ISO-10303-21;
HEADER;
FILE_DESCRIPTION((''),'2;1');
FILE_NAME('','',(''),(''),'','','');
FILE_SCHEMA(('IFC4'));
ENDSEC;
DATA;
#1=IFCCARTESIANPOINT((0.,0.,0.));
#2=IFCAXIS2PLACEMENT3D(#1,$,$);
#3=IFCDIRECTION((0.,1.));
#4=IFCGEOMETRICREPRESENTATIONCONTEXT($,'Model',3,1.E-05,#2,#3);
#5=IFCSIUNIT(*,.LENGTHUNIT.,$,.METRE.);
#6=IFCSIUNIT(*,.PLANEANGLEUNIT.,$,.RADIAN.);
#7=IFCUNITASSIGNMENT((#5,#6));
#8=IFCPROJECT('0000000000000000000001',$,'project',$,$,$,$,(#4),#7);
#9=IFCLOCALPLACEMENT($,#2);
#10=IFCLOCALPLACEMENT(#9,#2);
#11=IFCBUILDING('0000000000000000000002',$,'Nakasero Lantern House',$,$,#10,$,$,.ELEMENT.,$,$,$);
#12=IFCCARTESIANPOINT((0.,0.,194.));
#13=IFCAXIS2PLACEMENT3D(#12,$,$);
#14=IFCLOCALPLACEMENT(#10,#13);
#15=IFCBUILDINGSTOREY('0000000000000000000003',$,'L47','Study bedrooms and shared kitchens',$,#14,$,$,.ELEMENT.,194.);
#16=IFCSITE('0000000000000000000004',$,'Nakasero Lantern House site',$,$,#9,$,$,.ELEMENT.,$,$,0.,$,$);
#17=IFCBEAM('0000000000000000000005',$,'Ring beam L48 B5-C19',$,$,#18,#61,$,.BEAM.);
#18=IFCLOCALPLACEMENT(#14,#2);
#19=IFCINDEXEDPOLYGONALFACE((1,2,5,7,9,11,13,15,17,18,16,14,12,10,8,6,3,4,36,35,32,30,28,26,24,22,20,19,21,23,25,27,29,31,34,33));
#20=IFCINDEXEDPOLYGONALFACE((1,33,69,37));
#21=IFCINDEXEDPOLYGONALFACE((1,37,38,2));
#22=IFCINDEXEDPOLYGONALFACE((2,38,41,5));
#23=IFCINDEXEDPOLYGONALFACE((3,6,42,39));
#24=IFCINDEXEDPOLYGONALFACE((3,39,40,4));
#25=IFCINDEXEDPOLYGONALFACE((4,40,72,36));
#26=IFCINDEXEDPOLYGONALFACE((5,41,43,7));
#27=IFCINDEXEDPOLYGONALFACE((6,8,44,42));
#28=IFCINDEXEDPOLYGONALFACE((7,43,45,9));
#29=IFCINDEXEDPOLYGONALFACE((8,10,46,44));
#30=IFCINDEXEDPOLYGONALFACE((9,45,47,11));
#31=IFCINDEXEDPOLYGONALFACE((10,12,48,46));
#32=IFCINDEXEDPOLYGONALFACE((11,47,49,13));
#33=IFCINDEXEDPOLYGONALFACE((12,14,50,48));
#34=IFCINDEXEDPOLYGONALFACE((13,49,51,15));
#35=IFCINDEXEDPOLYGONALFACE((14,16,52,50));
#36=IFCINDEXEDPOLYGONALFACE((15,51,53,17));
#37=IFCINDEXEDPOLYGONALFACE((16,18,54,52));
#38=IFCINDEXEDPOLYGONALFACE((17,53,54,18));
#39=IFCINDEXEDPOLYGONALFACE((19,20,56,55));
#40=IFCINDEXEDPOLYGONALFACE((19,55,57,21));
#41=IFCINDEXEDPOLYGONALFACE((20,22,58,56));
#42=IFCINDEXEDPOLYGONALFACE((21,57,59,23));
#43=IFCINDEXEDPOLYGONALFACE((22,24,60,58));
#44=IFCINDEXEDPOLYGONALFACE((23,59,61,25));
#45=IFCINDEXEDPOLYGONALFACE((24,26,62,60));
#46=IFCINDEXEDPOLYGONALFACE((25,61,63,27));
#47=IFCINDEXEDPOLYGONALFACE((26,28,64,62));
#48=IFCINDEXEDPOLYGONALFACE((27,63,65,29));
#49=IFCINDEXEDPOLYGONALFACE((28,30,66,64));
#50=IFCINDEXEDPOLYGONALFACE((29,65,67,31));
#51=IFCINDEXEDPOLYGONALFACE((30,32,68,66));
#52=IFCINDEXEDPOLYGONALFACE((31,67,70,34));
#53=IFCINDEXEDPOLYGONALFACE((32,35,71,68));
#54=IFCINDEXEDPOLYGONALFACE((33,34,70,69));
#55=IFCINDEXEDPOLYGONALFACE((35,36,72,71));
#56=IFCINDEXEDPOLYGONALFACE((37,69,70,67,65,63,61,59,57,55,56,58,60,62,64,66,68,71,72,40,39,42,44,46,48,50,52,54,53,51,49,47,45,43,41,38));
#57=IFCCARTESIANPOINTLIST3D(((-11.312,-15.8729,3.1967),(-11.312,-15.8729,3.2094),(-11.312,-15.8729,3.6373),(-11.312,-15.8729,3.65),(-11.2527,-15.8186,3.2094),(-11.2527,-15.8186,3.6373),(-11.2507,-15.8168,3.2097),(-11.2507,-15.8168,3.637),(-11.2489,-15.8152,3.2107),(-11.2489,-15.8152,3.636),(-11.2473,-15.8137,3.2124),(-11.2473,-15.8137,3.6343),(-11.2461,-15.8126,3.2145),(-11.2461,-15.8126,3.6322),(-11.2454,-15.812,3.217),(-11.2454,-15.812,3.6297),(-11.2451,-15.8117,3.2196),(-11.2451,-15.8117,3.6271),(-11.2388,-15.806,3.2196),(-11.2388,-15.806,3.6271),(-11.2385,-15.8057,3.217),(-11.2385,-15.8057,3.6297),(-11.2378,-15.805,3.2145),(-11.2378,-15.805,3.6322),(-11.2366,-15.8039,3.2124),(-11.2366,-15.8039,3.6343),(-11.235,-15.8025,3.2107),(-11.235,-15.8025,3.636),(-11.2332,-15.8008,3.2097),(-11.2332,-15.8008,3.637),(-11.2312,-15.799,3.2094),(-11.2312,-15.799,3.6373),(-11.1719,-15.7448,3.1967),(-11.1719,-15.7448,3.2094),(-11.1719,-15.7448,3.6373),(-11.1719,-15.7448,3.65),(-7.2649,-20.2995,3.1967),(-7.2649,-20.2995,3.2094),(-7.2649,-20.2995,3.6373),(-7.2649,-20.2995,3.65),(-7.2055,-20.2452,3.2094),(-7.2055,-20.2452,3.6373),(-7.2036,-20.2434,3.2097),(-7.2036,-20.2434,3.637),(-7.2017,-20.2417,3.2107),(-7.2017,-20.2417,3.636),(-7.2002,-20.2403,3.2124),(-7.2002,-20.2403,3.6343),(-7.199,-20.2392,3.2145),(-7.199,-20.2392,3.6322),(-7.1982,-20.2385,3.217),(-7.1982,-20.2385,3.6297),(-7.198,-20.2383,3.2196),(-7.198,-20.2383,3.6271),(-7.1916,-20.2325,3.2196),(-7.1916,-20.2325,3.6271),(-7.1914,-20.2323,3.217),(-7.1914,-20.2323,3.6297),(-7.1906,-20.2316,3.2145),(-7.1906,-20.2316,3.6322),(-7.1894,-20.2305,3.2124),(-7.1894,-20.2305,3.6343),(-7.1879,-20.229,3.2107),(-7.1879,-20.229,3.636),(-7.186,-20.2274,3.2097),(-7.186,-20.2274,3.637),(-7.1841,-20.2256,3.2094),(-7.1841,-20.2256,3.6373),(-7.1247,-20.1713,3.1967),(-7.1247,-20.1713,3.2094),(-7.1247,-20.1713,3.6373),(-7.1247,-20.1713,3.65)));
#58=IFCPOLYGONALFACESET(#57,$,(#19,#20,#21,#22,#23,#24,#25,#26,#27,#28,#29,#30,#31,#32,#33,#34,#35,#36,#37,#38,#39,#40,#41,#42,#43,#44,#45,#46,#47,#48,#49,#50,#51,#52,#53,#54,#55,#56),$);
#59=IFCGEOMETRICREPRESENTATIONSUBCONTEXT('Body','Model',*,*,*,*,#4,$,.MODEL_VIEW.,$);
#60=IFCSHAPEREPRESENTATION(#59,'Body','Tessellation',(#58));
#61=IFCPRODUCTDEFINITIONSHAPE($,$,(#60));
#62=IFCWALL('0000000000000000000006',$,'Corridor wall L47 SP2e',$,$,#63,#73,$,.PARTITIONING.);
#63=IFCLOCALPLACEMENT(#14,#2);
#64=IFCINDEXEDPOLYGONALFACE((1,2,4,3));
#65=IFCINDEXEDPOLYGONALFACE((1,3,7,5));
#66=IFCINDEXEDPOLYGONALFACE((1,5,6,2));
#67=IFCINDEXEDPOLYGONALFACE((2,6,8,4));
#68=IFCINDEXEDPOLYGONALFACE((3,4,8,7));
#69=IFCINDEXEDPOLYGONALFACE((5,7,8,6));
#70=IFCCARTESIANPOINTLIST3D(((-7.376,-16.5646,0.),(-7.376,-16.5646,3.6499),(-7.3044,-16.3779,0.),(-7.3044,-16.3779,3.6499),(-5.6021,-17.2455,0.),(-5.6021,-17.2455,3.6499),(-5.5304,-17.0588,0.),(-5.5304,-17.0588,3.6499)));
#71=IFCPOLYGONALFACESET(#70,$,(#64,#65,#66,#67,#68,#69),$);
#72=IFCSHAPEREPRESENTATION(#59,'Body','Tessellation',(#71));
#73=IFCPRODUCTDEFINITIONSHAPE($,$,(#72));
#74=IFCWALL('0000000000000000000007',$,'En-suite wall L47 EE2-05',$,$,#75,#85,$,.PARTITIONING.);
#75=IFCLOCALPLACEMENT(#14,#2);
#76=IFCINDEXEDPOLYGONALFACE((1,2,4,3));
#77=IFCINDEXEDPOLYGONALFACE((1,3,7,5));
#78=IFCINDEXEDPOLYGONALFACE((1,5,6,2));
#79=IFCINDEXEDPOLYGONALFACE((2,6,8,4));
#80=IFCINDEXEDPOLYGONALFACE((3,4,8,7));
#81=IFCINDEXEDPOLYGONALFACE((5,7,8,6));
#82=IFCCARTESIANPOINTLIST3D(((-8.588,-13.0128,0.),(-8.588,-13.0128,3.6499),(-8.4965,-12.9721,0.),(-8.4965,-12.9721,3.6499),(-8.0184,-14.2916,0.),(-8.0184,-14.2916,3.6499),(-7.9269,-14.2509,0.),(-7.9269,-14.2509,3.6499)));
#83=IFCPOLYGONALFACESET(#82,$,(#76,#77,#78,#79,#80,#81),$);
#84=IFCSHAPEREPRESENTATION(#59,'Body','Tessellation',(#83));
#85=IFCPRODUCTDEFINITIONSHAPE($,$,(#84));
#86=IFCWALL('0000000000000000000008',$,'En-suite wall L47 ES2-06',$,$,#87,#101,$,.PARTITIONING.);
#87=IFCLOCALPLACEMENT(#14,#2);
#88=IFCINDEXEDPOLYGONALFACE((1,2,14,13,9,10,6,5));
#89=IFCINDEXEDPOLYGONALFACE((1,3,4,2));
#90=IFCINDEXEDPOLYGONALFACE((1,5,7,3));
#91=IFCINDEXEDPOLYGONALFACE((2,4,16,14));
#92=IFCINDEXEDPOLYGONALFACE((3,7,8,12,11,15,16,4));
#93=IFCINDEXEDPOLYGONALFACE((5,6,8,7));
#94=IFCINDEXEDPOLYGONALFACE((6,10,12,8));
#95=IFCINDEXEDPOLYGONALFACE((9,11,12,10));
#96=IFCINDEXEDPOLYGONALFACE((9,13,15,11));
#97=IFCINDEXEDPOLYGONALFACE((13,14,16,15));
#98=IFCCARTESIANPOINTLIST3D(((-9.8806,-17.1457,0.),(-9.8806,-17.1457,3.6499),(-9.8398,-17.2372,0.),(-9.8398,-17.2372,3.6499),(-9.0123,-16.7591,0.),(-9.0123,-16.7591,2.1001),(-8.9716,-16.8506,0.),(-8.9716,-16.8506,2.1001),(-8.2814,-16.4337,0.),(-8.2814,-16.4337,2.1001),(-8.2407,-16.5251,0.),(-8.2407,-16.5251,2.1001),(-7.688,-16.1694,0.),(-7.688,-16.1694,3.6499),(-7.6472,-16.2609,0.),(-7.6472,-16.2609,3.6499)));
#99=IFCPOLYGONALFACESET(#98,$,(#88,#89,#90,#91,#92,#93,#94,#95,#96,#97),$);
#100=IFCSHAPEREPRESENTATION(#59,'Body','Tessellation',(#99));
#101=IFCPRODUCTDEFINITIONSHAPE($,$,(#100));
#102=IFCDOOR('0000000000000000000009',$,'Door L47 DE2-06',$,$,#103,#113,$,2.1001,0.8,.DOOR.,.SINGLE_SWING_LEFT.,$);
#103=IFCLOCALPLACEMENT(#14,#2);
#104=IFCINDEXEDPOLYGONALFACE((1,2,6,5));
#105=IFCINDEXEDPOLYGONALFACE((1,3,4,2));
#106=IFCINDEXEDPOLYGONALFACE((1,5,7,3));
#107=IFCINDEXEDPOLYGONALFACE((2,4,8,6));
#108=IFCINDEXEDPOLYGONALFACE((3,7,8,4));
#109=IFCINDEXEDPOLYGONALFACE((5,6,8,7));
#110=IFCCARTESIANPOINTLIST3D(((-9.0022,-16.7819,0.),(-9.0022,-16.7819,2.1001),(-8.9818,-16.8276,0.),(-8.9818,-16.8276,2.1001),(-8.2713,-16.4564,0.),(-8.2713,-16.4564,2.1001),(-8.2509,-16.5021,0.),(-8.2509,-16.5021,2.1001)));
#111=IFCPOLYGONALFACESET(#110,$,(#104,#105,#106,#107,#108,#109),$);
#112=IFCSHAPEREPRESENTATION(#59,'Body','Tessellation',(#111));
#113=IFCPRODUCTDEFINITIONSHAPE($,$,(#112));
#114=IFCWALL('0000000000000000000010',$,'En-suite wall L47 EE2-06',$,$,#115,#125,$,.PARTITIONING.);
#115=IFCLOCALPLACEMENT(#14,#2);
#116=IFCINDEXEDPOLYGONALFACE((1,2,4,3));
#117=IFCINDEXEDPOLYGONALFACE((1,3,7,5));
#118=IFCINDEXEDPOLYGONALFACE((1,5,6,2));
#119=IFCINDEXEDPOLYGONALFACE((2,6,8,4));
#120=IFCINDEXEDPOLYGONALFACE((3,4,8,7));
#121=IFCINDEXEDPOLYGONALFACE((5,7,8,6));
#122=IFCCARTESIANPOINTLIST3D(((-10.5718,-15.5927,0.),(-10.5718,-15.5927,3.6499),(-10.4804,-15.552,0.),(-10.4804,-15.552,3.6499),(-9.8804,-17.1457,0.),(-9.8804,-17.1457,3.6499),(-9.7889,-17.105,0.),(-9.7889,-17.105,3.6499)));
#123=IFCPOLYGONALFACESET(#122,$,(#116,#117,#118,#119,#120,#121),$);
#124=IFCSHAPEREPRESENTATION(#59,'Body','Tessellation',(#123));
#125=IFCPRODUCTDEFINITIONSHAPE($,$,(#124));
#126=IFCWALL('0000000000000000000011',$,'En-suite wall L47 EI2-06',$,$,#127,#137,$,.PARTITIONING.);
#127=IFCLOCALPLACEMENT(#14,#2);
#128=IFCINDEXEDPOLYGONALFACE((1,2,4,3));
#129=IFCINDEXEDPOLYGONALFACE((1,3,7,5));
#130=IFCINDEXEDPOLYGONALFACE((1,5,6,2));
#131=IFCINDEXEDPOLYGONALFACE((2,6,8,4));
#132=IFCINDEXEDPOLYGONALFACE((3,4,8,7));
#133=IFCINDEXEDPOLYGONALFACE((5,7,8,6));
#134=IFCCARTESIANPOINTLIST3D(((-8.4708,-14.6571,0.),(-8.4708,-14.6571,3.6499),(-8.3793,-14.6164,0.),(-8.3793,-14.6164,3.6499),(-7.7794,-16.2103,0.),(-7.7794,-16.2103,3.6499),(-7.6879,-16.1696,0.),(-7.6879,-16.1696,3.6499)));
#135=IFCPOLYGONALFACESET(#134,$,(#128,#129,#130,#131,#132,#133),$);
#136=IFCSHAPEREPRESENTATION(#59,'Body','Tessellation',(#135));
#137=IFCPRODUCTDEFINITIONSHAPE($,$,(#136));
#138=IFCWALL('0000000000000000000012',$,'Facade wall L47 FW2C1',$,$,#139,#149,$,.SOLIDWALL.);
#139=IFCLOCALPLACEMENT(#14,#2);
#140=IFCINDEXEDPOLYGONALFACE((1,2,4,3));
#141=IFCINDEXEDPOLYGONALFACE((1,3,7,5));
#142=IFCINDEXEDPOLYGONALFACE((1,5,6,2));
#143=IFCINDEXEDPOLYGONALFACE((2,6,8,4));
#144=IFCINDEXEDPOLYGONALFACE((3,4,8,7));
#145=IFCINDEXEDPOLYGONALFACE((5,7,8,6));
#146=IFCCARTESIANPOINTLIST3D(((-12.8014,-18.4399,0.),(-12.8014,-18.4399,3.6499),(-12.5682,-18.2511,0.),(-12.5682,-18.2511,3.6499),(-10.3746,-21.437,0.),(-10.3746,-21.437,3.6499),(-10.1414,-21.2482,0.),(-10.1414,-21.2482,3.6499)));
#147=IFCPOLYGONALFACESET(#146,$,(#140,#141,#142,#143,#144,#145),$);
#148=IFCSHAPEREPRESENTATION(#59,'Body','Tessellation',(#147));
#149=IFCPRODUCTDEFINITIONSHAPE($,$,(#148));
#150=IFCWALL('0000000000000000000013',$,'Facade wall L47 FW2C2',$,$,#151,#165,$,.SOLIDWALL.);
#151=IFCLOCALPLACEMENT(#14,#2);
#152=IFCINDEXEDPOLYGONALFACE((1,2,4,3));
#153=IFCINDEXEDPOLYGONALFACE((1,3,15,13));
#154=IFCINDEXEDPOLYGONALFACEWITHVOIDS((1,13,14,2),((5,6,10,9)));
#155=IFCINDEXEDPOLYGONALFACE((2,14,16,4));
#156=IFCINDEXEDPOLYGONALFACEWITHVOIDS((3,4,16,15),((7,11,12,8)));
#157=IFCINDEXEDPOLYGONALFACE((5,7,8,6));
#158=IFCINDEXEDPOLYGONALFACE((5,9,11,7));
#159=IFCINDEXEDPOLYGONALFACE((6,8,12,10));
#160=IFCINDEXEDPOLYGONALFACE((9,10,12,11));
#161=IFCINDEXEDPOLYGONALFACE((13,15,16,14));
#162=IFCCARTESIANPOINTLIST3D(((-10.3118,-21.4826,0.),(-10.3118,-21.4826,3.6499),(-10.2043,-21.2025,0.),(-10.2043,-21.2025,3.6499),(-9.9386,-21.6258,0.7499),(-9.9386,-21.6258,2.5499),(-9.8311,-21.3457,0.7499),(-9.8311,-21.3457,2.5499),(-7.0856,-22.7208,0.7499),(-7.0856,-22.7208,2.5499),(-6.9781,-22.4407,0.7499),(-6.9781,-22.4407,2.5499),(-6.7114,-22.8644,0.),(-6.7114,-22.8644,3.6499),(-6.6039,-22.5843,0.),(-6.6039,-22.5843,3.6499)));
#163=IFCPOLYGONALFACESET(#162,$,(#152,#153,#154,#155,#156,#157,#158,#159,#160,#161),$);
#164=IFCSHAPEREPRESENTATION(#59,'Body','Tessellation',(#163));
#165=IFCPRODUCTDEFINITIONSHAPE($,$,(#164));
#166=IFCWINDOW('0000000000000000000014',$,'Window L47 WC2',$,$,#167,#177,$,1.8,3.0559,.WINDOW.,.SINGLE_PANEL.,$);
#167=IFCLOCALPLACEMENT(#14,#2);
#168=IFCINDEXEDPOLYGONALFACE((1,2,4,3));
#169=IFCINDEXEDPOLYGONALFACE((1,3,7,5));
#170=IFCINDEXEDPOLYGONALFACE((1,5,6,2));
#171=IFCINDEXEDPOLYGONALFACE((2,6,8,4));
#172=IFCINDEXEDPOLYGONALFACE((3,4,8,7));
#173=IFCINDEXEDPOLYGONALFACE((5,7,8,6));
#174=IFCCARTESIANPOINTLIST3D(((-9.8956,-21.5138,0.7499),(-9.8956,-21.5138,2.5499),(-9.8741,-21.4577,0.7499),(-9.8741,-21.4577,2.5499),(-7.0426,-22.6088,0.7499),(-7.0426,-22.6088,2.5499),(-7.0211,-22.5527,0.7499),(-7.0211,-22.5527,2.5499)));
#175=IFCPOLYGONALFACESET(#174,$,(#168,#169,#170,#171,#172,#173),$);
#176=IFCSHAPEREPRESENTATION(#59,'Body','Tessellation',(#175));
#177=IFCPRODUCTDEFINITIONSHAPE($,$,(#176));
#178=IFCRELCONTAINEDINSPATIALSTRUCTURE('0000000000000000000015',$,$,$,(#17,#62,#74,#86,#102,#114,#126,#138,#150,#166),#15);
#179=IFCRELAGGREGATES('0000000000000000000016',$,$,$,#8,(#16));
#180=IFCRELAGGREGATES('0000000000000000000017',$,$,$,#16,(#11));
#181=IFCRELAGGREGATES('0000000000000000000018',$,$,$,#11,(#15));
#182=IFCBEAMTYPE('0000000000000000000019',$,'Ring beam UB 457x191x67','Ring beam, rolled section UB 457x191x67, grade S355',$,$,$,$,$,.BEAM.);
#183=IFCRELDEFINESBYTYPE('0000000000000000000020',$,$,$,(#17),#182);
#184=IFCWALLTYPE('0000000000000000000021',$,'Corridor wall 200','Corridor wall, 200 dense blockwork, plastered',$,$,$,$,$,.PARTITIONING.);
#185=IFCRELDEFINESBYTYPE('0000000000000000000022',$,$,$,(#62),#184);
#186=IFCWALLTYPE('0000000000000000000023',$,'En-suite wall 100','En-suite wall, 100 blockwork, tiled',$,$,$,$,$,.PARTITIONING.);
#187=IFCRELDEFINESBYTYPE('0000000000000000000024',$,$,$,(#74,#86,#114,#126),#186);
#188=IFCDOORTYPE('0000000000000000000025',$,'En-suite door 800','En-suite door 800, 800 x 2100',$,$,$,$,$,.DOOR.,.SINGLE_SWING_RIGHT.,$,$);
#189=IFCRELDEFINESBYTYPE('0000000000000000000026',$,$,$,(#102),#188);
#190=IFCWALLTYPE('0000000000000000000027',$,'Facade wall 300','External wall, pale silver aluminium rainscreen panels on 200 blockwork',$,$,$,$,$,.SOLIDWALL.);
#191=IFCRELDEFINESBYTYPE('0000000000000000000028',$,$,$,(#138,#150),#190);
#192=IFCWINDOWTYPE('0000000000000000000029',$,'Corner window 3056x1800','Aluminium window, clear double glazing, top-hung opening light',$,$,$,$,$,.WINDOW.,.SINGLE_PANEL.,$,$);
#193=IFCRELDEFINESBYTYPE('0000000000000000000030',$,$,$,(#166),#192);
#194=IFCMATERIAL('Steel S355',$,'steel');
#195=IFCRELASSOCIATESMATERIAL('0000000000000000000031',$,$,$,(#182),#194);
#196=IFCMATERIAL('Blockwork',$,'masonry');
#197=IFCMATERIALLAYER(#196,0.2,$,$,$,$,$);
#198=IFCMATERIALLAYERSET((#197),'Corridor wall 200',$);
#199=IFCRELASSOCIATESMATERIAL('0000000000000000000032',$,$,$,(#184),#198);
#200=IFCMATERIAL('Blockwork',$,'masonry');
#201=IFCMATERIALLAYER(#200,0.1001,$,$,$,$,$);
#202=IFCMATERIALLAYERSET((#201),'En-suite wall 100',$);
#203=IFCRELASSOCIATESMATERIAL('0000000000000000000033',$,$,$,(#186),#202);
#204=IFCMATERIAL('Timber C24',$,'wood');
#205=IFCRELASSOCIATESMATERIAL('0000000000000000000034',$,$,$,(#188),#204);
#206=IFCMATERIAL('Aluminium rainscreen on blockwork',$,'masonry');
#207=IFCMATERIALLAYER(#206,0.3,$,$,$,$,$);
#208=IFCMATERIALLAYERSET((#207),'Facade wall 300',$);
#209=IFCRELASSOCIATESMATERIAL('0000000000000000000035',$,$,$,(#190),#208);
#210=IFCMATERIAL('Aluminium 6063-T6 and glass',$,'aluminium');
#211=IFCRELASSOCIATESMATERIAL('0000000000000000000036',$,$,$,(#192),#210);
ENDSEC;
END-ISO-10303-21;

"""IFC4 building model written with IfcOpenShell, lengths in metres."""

from ifc_helpers import new_model, si_unit, direction, frame, frame_2d, origin, origin_2d, place, context, subcontext, project, spatial, rectangle, i_section, extrude, material, layer, layer_set, material_profile, profile_set, type_object, element, fill, save


model = new_model("IFC4")

# Units and contexts
model_context = context("Model", 3, precision=1e-05, world=origin(), true_north=direction((0.0, 1.0)))
body_context = subcontext(model_context, "Body", "Model", "MODEL_VIEW")
ifc_project = project(units=[si_unit("LENGTHUNIT", "METRE"), si_unit("PLANEANGLEUNIT", "RADIAN")], contexts=[model_context])

# Site, building, storey
site_placement = place(None, origin())
site = spatial("IfcSite", under=ifc_project, at=site_placement, Name="Nakasero Lantern House site", CompositionType="ELEMENT", RefElevation=0.0)
building_placement = place(site_placement, origin())
building = spatial("IfcBuilding", under=site, at=building_placement, Name="Nakasero Lantern House", CompositionType="ELEMENT")
storey_placement = place(building_placement, frame((0.0, 0.0, 194.0)))
storey = spatial("IfcBuildingStorey", under=building, at=storey_placement, Name="L47", Description="Study bedrooms and shared kitchens", CompositionType="ELEMENT", Elevation=194.0)

# Beam
ifc_material_1 = material(Name="Steel S355", Category="steel")
ifc_material_profile_1 = material_profile(ifc_material_1, i_section(OverallWidth=0.1899, OverallDepth=0.4534, WebThickness=0.0085, FlangeThickness=0.0127, FilletRadius=0.0103, at=origin_2d()), Name="UB 457x191x67")
ifc_profile_set_1 = profile_set([ifc_material_profile_1], Name="Steel S355")
beam_type_1 = type_object("IfcBeamType", Name="Ring beam UB 457x191x67", Description="Ring beam, rolled section UB 457x191x67, grade S355", PredefinedType="BEAM", material=ifc_profile_set_1)
beam_1_placement = place(storey_placement, frame((-11.2419, -15.8088, 3.4233), z_axis=(0.674771, -0.738027, 0.0), x_axis=(0.738027, 0.674771, 0.0)))
element("IfcBeam", 1, at=beam_1_placement, inside=storey, type_object=beam_type_1, Name="Ring beam L48 B5-C19", PredefinedType="BEAM", context=body_context, shape_type="SweptSolid", body=[
    extrude(i_section(OverallWidth=0.1899, OverallDepth=0.4534, WebThickness=0.0085, FlangeThickness=0.0127, FilletRadius=0.0103, at=origin_2d()), origin(), (0.0, 0.0, 1.0), 5.9978),
])

# Walls
ifc_material_2 = material(Name="Blockwork", Category="masonry")
ifc_layer_1 = layer(ifc_material_2, 0.2)
ifc_layer_set_1 = layer_set([ifc_layer_1], Name="Corridor wall 200")
wall_type_1 = type_object("IfcWallType", Name="Corridor wall 200", Description="Corridor wall, 200 dense blockwork, plastered", PredefinedType="PARTITIONING", material=ifc_layer_set_1)
wall_1_placement = place(storey_placement, frame((-7.3403, -16.4712, 0.0), z_axis=(0.0, 0.0, 1.0), x_axis=(0.933587, -0.35835, 0.0)))
element("IfcWall", 2, at=wall_1_placement, inside=storey, type_object=wall_type_1, Name="Corridor wall L47 SP2e", PredefinedType="PARTITIONING", context=body_context, shape_type="SweptSolid", body=[
    extrude(rectangle(XDim=1.9001, YDim=0.2, at=frame_2d((0.9502, 0.0))), origin(), (0.0, 0.0, 1.0), 3.6499),
])
ifc_material_3 = material(Name="Blockwork", Category="masonry")
ifc_layer_2 = layer(ifc_material_3, 0.1001)
ifc_layer_set_2 = layer_set([ifc_layer_2], Name="En-suite wall 100")
wall_type_2 = type_object("IfcWallType", Name="En-suite wall 100", Description="En-suite wall, 100 blockwork, tiled", PredefinedType="PARTITIONING", material=ifc_layer_set_2)
wall_2_placement = place(storey_placement, frame((-8.5422, -12.9924, 0.0), z_axis=(0.0, 0.0, 1.0), x_axis=(0.406866, -0.913488, 0.0)))
element("IfcWall", 3, at=wall_2_placement, inside=storey, type_object=wall_type_2, Name="En-suite wall L47 EE2-05", PredefinedType="PARTITIONING", context=body_context, shape_type="SweptSolid", body=[
    extrude(rectangle(XDim=1.3999, YDim=0.1001, at=frame_2d((0.7, 0.0))), origin(), (0.0, 0.0, 1.0), 3.6499),
])

# Wall, opening, door
wall_3_placement = place(storey_placement, frame((-7.6675, -16.2151, 0.0), z_axis=(0.0, 0.0, 1.0), x_axis=(-0.91353, -0.406771, 0.0)))
wall_3 = element("IfcWall", 4, at=wall_3_placement, inside=storey, type_object=wall_type_2, Name="En-suite wall L47 ES2-06", PredefinedType="PARTITIONING", context=body_context, shape_type="SweptSolid", body=[
    extrude(rectangle(XDim=2.4001, YDim=0.1001, at=frame_2d((1.2002, 0.0))), origin(), (0.0, 0.0, 1.0), 3.6499),
])
opening_1_placement = place(wall_3_placement, frame((0.6499, 0.0, 0.0)))
opening_1 = element("IfcOpeningElement", 5, at=opening_1_placement, cuts=wall_3, PredefinedType="OPENING", context=body_context, shape_type="SweptSolid", body=[
    extrude(rectangle(XDim=0.8, YDim=2.1001, at=frame_2d((0.3999, 1.05))), frame((0.0, 0.0701, 0.0), z_axis=(0.0, -1.0, 0.0), x_axis=(1.0, 0.0, 0.0)), (0.0, 0.0, 1.0), 0.1401),
])
ifc_material_4 = material(Name="Timber C24", Category="wood")
door_type = type_object("IfcDoorType", Name="En-suite door 800", Description="En-suite door 800, 800 x 2100", OperationType="SINGLE_SWING_RIGHT", PredefinedType="DOOR", material=ifc_material_4)
door_placement = place(opening_1_placement, origin())
door = element("IfcDoor", 6, at=door_placement, inside=storey, type_object=door_type, Name="Door L47 DE2-06", OperationType="SINGLE_SWING_LEFT", OverallHeight=2.1001, OverallWidth=0.8, PredefinedType="DOOR", context=body_context, shape_type="SweptSolid", body=[
    extrude(rectangle(XDim=0.8, YDim=2.1001, at=frame_2d((0.3999, 1.05))), frame((0.0, 0.0249, 0.0), z_axis=(0.0, -1.0, 0.0), x_axis=(1.0, 0.0, 0.0)), (0.0, 0.0, 1.0), 0.05),
])
fill(opening_1, door)

# Walls
wall_4_placement = place(storey_placement, frame((-10.5261, -15.5723, 0.0), z_axis=(0.0, 0.0, 1.0), x_axis=(0.406725, -0.913551, 0.0)))
element("IfcWall", 7, at=wall_4_placement, inside=storey, type_object=wall_type_2, Name="En-suite wall L47 EE2-06", PredefinedType="PARTITIONING", context=body_context, shape_type="SweptSolid", body=[
    extrude(rectangle(XDim=1.7, YDim=0.1001, at=frame_2d((0.8501, 0.0))), origin(), (0.0, 0.0, 1.0), 3.6499),
])
wall_5_placement = place(storey_placement, frame((-8.425, -14.6367, 0.0), z_axis=(0.0, 0.0, 1.0), x_axis=(0.406671, -0.913575, 0.0)))
element("IfcWall", 8, at=wall_5_placement, inside=storey, type_object=wall_type_2, Name="En-suite wall L47 EI2-06", PredefinedType="PARTITIONING", context=body_context, shape_type="SweptSolid", body=[
    extrude(rectangle(XDim=1.7002, YDim=0.1001, at=frame_2d((0.8501, 0.0))), origin(), (0.0, 0.0, 1.0), 3.6499),
])
ifc_material_5 = material(Name="Aluminium rainscreen on blockwork", Category="masonry")
ifc_layer_3 = layer(ifc_material_5, 0.3)
ifc_layer_set_3 = layer_set([ifc_layer_3], Name="Facade wall 300")
wall_type_3 = type_object("IfcWallType", Name="Facade wall 300", Description="External wall, pale silver aluminium rainscreen panels on 200 blockwork", PredefinedType="SOLIDWALL", material=ifc_layer_set_3)
wall_6_placement = place(storey_placement, frame((-12.6848, -18.3455, 0.0), z_axis=(0.0, 0.0, 1.0), x_axis=(0.629286, -0.777174, 0.0)))
element("IfcWall", 9, at=wall_6_placement, inside=storey, type_object=wall_type_3, Name="Facade wall L47 FW2C1", PredefinedType="SOLIDWALL", context=body_context, shape_type="SweptSolid", body=[
    extrude(rectangle(XDim=3.8564, YDim=0.3, at=frame_2d((1.9282, 0.0))), origin(), (0.0, 0.0, 1.0), 3.6499),
])

# Wall, opening, window
wall_7_placement = place(storey_placement, frame((-10.2581, -21.3425, 0.0), z_axis=(0.0, 0.0, 1.0), x_axis=(0.933598, -0.358321, 0.0)))
wall_7 = element("IfcWall", 10, at=wall_7_placement, inside=storey, type_object=wall_type_3, Name="Facade wall L47 FW2C2", PredefinedType="SOLIDWALL", context=body_context, shape_type="SweptSolid", body=[
    extrude(rectangle(XDim=3.8564, YDim=0.3, at=frame_2d((1.9282, 0.0))), origin(), (0.0, 0.0, 1.0), 3.6499),
])
opening_2_placement = place(wall_7_placement, frame((0.3999, 0.0, 0.75)))
opening_2 = element("IfcOpeningElement", 11, at=opening_2_placement, cuts=wall_7, PredefinedType="OPENING", context=body_context, shape_type="SweptSolid", body=[
    extrude(rectangle(XDim=3.0559, YDim=1.8, at=frame_2d((1.5278, 0.8999))), frame((0.0, 0.1699, 0.0), z_axis=(0.0, -1.0, 0.0), x_axis=(1.0, 0.0, 0.0)), (0.0, 0.0, 1.0), 0.3401),
])
ifc_material_6 = material(Name="Aluminium 6063-T6 and glass", Category="aluminium")
window_type = type_object("IfcWindowType", Name="Corner window 3056x1800", Description="Aluminium window, clear double glazing, top-hung opening light", PartitioningType="SINGLE_PANEL", PredefinedType="WINDOW", material=ifc_material_6)
window_placement = place(opening_2_placement, origin())
window = element("IfcWindow", 12, at=window_placement, inside=storey, type_object=window_type, Name="Window L47 WC2", OverallHeight=1.8, OverallWidth=3.0559, PartitioningType="SINGLE_PANEL", PredefinedType="WINDOW", context=body_context, shape_type="SweptSolid", body=[
    extrude(rectangle(XDim=3.0559, YDim=1.8, at=frame_2d((1.5278, 0.8999))), frame((0.0, 0.03, 0.0), z_axis=(0.0, -1.0, 0.0), x_axis=(1.0, 0.0, 0.0)), (0.0, 0.0, 1.0), 0.0601),
])
fill(opening_2, window)

save(model, "model.ifc")
